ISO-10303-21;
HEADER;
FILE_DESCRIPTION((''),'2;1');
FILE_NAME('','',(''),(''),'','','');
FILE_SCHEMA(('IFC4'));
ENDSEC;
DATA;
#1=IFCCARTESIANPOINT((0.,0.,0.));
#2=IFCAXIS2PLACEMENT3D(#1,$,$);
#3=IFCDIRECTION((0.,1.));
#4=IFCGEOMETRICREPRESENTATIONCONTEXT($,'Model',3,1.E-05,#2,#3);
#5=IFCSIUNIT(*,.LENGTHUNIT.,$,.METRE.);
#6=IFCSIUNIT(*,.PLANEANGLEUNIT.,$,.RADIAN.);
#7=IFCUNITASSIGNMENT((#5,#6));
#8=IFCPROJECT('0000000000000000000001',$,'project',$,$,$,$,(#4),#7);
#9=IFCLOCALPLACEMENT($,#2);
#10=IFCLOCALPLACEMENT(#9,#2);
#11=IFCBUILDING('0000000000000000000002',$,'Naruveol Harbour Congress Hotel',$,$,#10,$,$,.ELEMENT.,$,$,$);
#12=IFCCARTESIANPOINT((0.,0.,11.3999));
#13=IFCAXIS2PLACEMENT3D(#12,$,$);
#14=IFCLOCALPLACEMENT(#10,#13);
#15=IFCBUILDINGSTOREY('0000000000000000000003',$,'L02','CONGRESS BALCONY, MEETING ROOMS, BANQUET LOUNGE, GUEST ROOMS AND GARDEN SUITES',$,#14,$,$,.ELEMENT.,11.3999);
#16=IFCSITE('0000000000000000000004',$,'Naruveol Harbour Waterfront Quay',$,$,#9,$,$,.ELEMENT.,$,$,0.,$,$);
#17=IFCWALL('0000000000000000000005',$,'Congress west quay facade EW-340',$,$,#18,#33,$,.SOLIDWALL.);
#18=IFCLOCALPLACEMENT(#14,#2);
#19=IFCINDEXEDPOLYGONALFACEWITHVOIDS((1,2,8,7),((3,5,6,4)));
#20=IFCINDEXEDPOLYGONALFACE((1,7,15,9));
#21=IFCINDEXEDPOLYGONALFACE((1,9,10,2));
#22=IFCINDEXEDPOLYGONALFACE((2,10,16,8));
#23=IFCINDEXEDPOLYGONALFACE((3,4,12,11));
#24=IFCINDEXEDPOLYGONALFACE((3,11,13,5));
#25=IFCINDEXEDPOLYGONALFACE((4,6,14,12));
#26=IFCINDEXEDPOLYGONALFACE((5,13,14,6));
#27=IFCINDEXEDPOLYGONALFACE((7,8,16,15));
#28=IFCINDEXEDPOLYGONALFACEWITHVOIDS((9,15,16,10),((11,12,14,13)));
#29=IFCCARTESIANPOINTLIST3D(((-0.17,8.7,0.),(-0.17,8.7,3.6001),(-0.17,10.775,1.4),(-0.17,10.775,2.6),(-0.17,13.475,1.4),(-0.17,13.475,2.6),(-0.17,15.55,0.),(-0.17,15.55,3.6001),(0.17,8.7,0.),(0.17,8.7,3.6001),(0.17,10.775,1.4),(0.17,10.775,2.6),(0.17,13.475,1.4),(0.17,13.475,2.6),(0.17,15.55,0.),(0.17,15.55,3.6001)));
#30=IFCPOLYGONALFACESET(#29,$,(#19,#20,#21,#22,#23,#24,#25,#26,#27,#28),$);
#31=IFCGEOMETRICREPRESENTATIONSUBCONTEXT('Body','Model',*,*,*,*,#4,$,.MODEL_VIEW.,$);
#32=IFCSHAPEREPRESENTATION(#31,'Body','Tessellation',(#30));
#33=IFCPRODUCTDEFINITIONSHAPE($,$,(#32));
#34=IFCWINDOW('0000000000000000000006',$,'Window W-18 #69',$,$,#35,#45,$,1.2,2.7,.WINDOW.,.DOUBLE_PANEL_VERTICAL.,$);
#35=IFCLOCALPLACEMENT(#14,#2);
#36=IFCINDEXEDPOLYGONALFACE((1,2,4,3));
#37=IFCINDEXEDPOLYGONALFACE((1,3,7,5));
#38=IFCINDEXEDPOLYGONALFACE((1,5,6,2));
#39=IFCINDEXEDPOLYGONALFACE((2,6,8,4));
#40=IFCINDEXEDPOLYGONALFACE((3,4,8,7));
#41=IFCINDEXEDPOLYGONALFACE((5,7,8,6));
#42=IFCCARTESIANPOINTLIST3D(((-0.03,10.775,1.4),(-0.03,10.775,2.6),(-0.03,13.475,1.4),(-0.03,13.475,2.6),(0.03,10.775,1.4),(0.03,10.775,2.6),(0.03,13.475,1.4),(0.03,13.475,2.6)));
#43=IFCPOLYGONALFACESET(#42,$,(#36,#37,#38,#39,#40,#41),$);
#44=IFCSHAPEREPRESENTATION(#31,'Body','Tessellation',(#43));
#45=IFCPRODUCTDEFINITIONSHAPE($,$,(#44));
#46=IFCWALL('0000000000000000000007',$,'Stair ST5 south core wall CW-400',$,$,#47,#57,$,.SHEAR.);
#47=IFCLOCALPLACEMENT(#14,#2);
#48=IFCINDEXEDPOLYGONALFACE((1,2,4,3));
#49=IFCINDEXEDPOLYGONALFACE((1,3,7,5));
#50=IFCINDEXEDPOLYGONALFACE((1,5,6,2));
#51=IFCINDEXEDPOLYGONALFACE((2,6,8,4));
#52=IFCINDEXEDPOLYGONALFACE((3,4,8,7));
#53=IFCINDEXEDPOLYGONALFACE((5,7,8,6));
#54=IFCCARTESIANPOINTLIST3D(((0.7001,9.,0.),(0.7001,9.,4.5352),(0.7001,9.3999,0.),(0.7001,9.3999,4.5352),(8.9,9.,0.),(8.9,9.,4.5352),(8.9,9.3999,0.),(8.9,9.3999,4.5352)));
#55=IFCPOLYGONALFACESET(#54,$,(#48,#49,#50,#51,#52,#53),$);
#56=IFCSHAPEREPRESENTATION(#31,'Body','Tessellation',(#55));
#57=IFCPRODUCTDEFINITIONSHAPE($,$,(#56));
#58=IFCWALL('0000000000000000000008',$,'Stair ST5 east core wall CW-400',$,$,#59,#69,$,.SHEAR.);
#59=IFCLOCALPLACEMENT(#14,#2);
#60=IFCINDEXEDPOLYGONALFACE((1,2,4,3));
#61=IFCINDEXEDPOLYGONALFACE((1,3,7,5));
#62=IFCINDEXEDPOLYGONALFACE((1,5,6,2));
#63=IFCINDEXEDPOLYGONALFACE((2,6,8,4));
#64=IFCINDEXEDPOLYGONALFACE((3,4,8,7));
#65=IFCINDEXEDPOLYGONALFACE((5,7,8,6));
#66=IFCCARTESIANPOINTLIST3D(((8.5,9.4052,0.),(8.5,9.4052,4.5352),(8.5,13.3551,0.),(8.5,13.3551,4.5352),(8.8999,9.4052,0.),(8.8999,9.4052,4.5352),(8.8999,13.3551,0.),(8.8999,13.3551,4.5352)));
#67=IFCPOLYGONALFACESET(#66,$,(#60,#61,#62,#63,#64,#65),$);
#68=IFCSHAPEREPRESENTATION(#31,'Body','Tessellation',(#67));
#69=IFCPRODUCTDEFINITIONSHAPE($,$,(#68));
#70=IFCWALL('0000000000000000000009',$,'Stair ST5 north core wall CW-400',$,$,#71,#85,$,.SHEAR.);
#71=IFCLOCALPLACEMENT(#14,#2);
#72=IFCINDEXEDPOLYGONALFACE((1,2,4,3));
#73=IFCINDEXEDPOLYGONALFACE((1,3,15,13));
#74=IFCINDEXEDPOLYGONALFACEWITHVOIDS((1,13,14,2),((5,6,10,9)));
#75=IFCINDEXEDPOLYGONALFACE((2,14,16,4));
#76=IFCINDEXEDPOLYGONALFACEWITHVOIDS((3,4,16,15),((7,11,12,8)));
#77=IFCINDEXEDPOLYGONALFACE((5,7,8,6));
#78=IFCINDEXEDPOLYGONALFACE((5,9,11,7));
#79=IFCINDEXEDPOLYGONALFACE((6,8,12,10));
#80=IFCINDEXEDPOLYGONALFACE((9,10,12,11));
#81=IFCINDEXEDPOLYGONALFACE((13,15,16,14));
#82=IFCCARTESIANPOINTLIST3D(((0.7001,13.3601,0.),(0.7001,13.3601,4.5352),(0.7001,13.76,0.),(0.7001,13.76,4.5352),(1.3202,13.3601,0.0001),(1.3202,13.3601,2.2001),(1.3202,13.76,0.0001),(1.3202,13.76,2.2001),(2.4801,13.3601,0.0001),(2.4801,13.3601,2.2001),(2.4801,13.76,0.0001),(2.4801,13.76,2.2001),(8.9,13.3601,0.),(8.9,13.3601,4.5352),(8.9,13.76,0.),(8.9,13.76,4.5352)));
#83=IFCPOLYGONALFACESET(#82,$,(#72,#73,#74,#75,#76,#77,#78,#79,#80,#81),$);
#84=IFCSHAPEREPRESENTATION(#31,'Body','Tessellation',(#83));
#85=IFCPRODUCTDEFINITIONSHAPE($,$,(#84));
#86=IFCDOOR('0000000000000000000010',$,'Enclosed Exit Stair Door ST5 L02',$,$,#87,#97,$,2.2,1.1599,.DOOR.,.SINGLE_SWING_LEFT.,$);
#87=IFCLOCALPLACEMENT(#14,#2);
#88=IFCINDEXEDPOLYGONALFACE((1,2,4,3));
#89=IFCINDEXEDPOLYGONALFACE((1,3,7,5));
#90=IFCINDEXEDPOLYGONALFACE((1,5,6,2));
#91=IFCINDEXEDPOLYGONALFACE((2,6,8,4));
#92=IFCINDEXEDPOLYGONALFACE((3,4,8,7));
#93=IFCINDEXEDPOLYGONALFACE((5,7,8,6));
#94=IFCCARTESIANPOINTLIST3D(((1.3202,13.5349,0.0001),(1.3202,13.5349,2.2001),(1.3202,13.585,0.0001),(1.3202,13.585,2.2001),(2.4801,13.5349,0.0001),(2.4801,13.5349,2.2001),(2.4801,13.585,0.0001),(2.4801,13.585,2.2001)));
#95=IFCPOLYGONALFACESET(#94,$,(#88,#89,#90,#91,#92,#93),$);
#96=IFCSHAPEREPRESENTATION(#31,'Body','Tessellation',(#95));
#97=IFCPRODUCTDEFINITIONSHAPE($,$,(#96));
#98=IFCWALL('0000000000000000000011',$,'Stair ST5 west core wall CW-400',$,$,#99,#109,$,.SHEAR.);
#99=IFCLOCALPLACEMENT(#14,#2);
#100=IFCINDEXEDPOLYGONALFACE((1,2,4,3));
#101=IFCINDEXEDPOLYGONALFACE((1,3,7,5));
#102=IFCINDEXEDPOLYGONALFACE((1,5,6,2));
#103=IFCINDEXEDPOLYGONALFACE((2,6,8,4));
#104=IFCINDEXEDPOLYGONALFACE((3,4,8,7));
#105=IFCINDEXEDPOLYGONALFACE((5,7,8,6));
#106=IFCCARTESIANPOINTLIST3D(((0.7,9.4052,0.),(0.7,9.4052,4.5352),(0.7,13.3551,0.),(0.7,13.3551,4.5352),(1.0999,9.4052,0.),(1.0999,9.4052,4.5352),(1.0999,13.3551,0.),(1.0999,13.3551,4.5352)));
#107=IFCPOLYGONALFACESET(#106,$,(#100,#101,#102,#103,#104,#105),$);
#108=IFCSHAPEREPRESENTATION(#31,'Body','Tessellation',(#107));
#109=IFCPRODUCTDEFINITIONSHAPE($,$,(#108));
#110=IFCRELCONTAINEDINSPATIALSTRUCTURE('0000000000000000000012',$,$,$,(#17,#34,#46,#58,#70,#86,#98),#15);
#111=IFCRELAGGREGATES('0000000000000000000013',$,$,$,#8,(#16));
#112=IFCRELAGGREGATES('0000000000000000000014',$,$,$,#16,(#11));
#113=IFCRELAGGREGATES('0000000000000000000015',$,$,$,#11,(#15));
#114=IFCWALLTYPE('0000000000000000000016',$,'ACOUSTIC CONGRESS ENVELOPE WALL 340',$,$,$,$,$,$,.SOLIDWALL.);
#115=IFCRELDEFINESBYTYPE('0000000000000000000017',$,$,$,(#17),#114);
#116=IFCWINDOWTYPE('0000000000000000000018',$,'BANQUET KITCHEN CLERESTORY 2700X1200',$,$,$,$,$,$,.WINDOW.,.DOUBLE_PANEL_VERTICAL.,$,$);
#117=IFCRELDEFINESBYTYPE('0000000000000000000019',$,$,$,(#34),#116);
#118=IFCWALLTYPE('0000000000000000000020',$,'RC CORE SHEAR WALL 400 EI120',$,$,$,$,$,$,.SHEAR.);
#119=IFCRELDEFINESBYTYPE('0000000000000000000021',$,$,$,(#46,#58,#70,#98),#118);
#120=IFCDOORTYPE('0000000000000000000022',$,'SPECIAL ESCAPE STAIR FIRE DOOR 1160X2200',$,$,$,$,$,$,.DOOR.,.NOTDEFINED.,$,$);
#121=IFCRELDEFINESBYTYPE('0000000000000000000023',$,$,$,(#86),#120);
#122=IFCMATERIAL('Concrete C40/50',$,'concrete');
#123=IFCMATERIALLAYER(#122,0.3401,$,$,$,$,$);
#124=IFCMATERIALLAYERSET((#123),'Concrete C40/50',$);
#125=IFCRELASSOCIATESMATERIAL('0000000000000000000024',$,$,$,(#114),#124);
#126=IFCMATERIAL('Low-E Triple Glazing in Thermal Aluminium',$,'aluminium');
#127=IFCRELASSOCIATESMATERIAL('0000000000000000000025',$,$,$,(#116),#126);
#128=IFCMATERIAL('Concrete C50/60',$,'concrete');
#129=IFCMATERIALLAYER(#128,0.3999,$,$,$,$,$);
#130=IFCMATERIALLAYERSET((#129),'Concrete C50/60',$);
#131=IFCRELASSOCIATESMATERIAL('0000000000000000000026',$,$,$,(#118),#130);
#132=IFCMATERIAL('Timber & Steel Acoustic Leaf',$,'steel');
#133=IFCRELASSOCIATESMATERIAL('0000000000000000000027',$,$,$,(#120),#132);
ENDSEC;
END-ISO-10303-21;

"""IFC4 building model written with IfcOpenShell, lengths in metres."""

from ifc_helpers import new_model, si_unit, direction, frame, frame_2d, origin, place, context, subcontext, project, spatial, rectangle, extrude, material, layer, layer_set, type_object, element, fill, save


model = new_model("IFC4")

# Units and contexts
model_context = context("Model", 3, precision=1e-05, world=origin(), true_north=direction((0.0, 1.0)))
body_context = subcontext(model_context, "Body", "Model", "MODEL_VIEW")
ifc_project = project(units=[si_unit("LENGTHUNIT", "METRE"), si_unit("PLANEANGLEUNIT", "RADIAN")], contexts=[model_context])

# Site, building, storey
site_placement = place(None, origin())
site = spatial("IfcSite", under=ifc_project, at=site_placement, Name="Naruveol Harbour Waterfront Quay", CompositionType="ELEMENT", RefElevation=0.0)
building_placement = place(site_placement, origin())
building = spatial("IfcBuilding", under=site, at=building_placement, Name="Naruveol Harbour Congress Hotel", CompositionType="ELEMENT")
storey_placement = place(building_placement, frame((0.0, 0.0, 11.3999)))
storey = spatial("IfcBuildingStorey", under=building, at=storey_placement, Name="L02", Description="CONGRESS BALCONY, MEETING ROOMS, BANQUET LOUNGE, GUEST ROOMS AND GARDEN SUITES", CompositionType="ELEMENT", Elevation=11.3999)

# Wall, opening, window
ifc_material_1 = material(Name="Concrete C40/50", Category="concrete")
ifc_layer_1 = layer(ifc_material_1, 0.3401)
ifc_layer_set_1 = layer_set([ifc_layer_1], Name="Concrete C40/50")
wall_type_1 = type_object("IfcWallType", Name="ACOUSTIC CONGRESS ENVELOPE WALL 340", PredefinedType="SOLIDWALL", material=ifc_layer_set_1)
wall_1_placement = place(storey_placement, frame((0.0, 8.7, 0.0), z_axis=(0.0, 0.0, 1.0), x_axis=(0.0, 1.0, 0.0)))
wall_1 = element("IfcWall", 1, at=wall_1_placement, inside=storey, type_object=wall_type_1, Name="Congress west quay facade EW-340", PredefinedType="SOLIDWALL", context=body_context, shape_type="SweptSolid", body=[
    extrude(rectangle(XDim=6.8501, YDim=0.3401, at=frame_2d((3.425, 0.0))), origin(), (0.0, 0.0, 1.0), 3.6001),
])
opening_1_placement = place(wall_1_placement, frame((2.075, 0.0, 1.3999)))
opening_1 = element("IfcOpeningElement", 2, at=opening_1_placement, cuts=wall_1, PredefinedType="OPENING", context=body_context, shape_type="SweptSolid", body=[
    extrude(rectangle(XDim=2.7, YDim=1.2, at=frame_2d((1.3501, 0.6001))), frame((0.0, 0.1799, 0.0), z_axis=(0.0, -1.0, 0.0), x_axis=(1.0, 0.0, 0.0)), (0.0, 0.0, 1.0), 0.3601),
])
ifc_material_2 = material(Name="Low-E Triple Glazing in Thermal Aluminium", Category="aluminium")
window_type_1 = type_object("IfcWindowType", Name="BANQUET KITCHEN CLERESTORY 2700X1200", PartitioningType="DOUBLE_PANEL_VERTICAL", PredefinedType="WINDOW", material=ifc_material_2)
window_1_placement = place(opening_1_placement, origin())
window_1 = element("IfcWindow", 3, at=window_1_placement, inside=storey, type_object=window_type_1, Name="Window W-18 #69", OverallHeight=1.2, OverallWidth=2.7, PartitioningType="DOUBLE_PANEL_VERTICAL", PredefinedType="WINDOW", context=body_context, shape_type="SweptSolid", body=[
    extrude(rectangle(XDim=2.7, YDim=1.2, at=frame_2d((1.3501, 0.6001))), frame((0.0, 0.03, 0.0), z_axis=(0.0, -1.0, 0.0), x_axis=(1.0, 0.0, 0.0)), (0.0, 0.0, 1.0), 0.0601),
])
fill(opening_1, window_1)

# Walls
ifc_material_3 = material(Name="Concrete C50/60", Category="concrete")
ifc_layer_2 = layer(ifc_material_3, 0.3999)
ifc_layer_set_2 = layer_set([ifc_layer_2], Name="Concrete C50/60")
wall_type_2 = type_object("IfcWallType", Name="RC CORE SHEAR WALL 400 EI120", PredefinedType="SHEAR", material=ifc_layer_set_2)
wall_2_placement = place(storey_placement, frame((0.7, 9.2, 0.0), z_axis=(0.0, 0.0, 1.0), x_axis=(1.0, 0.0, 0.0)))
element("IfcWall", 4, at=wall_2_placement, inside=storey, type_object=wall_type_2, Name="Stair ST5 south core wall CW-400", PredefinedType="SHEAR", context=body_context, shape_type="SweptSolid", body=[
    extrude(rectangle(XDim=8.2, YDim=0.3999, at=frame_2d((4.1001, 0.0))), origin(), (0.0, 0.0, 1.0), 4.5352),
])
wall_3_placement = place(storey_placement, frame((8.7, 9.405, 0.0), z_axis=(0.0, 0.0, 1.0), x_axis=(0.0, 1.0, 0.0)))
element("IfcWall", 5, at=wall_3_placement, inside=storey, type_object=wall_type_2, Name="Stair ST5 east core wall CW-400", PredefinedType="SHEAR", context=body_context, shape_type="SweptSolid", body=[
    extrude(rectangle(XDim=3.95, YDim=0.3999, at=frame_2d((1.9751, 0.0))), origin(), (0.0, 0.0, 1.0), 4.5352),
])

# Wall, opening, door
wall_4_placement = place(storey_placement, frame((0.7, 13.5601, 0.0), z_axis=(0.0, 0.0, 1.0), x_axis=(1.0, 0.0, 0.0)))
wall_4 = element("IfcWall", 6, at=wall_4_placement, inside=storey, type_object=wall_type_2, Name="Stair ST5 north core wall CW-400", PredefinedType="SHEAR", context=body_context, shape_type="SweptSolid", body=[
    extrude(rectangle(XDim=8.2, YDim=0.3999, at=frame_2d((4.1001, 0.0))), origin(), (0.0, 0.0, 1.0), 4.5352),
])
opening_2_placement = place(wall_4_placement, frame((0.6201, 0.0, 0.0)))
opening_2 = element("IfcOpeningElement", 7, at=opening_2_placement, cuts=wall_4, PredefinedType="OPENING", context=body_context, shape_type="SweptSolid", body=[
    extrude(rectangle(XDim=1.1599, YDim=2.2, at=frame_2d((0.5801, 1.1001))), frame((0.0, 0.21, 0.0), z_axis=(0.0, -1.0, 0.0), x_axis=(1.0, 0.0, 0.0)), (0.0, 0.0, 1.0), 0.4199),
])
ifc_material_4 = material(Name="Timber & Steel Acoustic Leaf", Category="steel")
door_type = type_object("IfcDoorType", Name="SPECIAL ESCAPE STAIR FIRE DOOR 1160X2200", OperationType="NOTDEFINED", PredefinedType="DOOR", material=ifc_material_4)
door_placement = place(opening_2_placement, origin())
door = element("IfcDoor", 8, at=door_placement, inside=storey, type_object=door_type, Name="Enclosed Exit Stair Door ST5 L02", OperationType="SINGLE_SWING_LEFT", OverallHeight=2.2, OverallWidth=1.1599, PredefinedType="DOOR", context=body_context, shape_type="SweptSolid", body=[
    extrude(rectangle(XDim=1.1599, YDim=2.2, at=frame_2d((0.5801, 1.1001))), frame((0.0, 0.0249, 0.0), z_axis=(0.0, -1.0, 0.0), x_axis=(1.0, 0.0, 0.0)), (0.0, 0.0, 1.0), 0.05),
])
fill(opening_2, door)

# Wall
wall_5_placement = place(storey_placement, frame((0.8999, 9.405, 0.0), z_axis=(0.0, 0.0, 1.0), x_axis=(0.0, 1.0, 0.0)))
element("IfcWall", 9, at=wall_5_placement, inside=storey, type_object=wall_type_2, Name="Stair ST5 west core wall CW-400", PredefinedType="SHEAR", context=body_context, shape_type="SweptSolid", body=[
    extrude(rectangle(XDim=3.95, YDim=0.3999, at=frame_2d((1.9751, 0.0))), origin(), (0.0, 0.0, 1.0), 4.5352),
])

save(model, "model.ifc")
